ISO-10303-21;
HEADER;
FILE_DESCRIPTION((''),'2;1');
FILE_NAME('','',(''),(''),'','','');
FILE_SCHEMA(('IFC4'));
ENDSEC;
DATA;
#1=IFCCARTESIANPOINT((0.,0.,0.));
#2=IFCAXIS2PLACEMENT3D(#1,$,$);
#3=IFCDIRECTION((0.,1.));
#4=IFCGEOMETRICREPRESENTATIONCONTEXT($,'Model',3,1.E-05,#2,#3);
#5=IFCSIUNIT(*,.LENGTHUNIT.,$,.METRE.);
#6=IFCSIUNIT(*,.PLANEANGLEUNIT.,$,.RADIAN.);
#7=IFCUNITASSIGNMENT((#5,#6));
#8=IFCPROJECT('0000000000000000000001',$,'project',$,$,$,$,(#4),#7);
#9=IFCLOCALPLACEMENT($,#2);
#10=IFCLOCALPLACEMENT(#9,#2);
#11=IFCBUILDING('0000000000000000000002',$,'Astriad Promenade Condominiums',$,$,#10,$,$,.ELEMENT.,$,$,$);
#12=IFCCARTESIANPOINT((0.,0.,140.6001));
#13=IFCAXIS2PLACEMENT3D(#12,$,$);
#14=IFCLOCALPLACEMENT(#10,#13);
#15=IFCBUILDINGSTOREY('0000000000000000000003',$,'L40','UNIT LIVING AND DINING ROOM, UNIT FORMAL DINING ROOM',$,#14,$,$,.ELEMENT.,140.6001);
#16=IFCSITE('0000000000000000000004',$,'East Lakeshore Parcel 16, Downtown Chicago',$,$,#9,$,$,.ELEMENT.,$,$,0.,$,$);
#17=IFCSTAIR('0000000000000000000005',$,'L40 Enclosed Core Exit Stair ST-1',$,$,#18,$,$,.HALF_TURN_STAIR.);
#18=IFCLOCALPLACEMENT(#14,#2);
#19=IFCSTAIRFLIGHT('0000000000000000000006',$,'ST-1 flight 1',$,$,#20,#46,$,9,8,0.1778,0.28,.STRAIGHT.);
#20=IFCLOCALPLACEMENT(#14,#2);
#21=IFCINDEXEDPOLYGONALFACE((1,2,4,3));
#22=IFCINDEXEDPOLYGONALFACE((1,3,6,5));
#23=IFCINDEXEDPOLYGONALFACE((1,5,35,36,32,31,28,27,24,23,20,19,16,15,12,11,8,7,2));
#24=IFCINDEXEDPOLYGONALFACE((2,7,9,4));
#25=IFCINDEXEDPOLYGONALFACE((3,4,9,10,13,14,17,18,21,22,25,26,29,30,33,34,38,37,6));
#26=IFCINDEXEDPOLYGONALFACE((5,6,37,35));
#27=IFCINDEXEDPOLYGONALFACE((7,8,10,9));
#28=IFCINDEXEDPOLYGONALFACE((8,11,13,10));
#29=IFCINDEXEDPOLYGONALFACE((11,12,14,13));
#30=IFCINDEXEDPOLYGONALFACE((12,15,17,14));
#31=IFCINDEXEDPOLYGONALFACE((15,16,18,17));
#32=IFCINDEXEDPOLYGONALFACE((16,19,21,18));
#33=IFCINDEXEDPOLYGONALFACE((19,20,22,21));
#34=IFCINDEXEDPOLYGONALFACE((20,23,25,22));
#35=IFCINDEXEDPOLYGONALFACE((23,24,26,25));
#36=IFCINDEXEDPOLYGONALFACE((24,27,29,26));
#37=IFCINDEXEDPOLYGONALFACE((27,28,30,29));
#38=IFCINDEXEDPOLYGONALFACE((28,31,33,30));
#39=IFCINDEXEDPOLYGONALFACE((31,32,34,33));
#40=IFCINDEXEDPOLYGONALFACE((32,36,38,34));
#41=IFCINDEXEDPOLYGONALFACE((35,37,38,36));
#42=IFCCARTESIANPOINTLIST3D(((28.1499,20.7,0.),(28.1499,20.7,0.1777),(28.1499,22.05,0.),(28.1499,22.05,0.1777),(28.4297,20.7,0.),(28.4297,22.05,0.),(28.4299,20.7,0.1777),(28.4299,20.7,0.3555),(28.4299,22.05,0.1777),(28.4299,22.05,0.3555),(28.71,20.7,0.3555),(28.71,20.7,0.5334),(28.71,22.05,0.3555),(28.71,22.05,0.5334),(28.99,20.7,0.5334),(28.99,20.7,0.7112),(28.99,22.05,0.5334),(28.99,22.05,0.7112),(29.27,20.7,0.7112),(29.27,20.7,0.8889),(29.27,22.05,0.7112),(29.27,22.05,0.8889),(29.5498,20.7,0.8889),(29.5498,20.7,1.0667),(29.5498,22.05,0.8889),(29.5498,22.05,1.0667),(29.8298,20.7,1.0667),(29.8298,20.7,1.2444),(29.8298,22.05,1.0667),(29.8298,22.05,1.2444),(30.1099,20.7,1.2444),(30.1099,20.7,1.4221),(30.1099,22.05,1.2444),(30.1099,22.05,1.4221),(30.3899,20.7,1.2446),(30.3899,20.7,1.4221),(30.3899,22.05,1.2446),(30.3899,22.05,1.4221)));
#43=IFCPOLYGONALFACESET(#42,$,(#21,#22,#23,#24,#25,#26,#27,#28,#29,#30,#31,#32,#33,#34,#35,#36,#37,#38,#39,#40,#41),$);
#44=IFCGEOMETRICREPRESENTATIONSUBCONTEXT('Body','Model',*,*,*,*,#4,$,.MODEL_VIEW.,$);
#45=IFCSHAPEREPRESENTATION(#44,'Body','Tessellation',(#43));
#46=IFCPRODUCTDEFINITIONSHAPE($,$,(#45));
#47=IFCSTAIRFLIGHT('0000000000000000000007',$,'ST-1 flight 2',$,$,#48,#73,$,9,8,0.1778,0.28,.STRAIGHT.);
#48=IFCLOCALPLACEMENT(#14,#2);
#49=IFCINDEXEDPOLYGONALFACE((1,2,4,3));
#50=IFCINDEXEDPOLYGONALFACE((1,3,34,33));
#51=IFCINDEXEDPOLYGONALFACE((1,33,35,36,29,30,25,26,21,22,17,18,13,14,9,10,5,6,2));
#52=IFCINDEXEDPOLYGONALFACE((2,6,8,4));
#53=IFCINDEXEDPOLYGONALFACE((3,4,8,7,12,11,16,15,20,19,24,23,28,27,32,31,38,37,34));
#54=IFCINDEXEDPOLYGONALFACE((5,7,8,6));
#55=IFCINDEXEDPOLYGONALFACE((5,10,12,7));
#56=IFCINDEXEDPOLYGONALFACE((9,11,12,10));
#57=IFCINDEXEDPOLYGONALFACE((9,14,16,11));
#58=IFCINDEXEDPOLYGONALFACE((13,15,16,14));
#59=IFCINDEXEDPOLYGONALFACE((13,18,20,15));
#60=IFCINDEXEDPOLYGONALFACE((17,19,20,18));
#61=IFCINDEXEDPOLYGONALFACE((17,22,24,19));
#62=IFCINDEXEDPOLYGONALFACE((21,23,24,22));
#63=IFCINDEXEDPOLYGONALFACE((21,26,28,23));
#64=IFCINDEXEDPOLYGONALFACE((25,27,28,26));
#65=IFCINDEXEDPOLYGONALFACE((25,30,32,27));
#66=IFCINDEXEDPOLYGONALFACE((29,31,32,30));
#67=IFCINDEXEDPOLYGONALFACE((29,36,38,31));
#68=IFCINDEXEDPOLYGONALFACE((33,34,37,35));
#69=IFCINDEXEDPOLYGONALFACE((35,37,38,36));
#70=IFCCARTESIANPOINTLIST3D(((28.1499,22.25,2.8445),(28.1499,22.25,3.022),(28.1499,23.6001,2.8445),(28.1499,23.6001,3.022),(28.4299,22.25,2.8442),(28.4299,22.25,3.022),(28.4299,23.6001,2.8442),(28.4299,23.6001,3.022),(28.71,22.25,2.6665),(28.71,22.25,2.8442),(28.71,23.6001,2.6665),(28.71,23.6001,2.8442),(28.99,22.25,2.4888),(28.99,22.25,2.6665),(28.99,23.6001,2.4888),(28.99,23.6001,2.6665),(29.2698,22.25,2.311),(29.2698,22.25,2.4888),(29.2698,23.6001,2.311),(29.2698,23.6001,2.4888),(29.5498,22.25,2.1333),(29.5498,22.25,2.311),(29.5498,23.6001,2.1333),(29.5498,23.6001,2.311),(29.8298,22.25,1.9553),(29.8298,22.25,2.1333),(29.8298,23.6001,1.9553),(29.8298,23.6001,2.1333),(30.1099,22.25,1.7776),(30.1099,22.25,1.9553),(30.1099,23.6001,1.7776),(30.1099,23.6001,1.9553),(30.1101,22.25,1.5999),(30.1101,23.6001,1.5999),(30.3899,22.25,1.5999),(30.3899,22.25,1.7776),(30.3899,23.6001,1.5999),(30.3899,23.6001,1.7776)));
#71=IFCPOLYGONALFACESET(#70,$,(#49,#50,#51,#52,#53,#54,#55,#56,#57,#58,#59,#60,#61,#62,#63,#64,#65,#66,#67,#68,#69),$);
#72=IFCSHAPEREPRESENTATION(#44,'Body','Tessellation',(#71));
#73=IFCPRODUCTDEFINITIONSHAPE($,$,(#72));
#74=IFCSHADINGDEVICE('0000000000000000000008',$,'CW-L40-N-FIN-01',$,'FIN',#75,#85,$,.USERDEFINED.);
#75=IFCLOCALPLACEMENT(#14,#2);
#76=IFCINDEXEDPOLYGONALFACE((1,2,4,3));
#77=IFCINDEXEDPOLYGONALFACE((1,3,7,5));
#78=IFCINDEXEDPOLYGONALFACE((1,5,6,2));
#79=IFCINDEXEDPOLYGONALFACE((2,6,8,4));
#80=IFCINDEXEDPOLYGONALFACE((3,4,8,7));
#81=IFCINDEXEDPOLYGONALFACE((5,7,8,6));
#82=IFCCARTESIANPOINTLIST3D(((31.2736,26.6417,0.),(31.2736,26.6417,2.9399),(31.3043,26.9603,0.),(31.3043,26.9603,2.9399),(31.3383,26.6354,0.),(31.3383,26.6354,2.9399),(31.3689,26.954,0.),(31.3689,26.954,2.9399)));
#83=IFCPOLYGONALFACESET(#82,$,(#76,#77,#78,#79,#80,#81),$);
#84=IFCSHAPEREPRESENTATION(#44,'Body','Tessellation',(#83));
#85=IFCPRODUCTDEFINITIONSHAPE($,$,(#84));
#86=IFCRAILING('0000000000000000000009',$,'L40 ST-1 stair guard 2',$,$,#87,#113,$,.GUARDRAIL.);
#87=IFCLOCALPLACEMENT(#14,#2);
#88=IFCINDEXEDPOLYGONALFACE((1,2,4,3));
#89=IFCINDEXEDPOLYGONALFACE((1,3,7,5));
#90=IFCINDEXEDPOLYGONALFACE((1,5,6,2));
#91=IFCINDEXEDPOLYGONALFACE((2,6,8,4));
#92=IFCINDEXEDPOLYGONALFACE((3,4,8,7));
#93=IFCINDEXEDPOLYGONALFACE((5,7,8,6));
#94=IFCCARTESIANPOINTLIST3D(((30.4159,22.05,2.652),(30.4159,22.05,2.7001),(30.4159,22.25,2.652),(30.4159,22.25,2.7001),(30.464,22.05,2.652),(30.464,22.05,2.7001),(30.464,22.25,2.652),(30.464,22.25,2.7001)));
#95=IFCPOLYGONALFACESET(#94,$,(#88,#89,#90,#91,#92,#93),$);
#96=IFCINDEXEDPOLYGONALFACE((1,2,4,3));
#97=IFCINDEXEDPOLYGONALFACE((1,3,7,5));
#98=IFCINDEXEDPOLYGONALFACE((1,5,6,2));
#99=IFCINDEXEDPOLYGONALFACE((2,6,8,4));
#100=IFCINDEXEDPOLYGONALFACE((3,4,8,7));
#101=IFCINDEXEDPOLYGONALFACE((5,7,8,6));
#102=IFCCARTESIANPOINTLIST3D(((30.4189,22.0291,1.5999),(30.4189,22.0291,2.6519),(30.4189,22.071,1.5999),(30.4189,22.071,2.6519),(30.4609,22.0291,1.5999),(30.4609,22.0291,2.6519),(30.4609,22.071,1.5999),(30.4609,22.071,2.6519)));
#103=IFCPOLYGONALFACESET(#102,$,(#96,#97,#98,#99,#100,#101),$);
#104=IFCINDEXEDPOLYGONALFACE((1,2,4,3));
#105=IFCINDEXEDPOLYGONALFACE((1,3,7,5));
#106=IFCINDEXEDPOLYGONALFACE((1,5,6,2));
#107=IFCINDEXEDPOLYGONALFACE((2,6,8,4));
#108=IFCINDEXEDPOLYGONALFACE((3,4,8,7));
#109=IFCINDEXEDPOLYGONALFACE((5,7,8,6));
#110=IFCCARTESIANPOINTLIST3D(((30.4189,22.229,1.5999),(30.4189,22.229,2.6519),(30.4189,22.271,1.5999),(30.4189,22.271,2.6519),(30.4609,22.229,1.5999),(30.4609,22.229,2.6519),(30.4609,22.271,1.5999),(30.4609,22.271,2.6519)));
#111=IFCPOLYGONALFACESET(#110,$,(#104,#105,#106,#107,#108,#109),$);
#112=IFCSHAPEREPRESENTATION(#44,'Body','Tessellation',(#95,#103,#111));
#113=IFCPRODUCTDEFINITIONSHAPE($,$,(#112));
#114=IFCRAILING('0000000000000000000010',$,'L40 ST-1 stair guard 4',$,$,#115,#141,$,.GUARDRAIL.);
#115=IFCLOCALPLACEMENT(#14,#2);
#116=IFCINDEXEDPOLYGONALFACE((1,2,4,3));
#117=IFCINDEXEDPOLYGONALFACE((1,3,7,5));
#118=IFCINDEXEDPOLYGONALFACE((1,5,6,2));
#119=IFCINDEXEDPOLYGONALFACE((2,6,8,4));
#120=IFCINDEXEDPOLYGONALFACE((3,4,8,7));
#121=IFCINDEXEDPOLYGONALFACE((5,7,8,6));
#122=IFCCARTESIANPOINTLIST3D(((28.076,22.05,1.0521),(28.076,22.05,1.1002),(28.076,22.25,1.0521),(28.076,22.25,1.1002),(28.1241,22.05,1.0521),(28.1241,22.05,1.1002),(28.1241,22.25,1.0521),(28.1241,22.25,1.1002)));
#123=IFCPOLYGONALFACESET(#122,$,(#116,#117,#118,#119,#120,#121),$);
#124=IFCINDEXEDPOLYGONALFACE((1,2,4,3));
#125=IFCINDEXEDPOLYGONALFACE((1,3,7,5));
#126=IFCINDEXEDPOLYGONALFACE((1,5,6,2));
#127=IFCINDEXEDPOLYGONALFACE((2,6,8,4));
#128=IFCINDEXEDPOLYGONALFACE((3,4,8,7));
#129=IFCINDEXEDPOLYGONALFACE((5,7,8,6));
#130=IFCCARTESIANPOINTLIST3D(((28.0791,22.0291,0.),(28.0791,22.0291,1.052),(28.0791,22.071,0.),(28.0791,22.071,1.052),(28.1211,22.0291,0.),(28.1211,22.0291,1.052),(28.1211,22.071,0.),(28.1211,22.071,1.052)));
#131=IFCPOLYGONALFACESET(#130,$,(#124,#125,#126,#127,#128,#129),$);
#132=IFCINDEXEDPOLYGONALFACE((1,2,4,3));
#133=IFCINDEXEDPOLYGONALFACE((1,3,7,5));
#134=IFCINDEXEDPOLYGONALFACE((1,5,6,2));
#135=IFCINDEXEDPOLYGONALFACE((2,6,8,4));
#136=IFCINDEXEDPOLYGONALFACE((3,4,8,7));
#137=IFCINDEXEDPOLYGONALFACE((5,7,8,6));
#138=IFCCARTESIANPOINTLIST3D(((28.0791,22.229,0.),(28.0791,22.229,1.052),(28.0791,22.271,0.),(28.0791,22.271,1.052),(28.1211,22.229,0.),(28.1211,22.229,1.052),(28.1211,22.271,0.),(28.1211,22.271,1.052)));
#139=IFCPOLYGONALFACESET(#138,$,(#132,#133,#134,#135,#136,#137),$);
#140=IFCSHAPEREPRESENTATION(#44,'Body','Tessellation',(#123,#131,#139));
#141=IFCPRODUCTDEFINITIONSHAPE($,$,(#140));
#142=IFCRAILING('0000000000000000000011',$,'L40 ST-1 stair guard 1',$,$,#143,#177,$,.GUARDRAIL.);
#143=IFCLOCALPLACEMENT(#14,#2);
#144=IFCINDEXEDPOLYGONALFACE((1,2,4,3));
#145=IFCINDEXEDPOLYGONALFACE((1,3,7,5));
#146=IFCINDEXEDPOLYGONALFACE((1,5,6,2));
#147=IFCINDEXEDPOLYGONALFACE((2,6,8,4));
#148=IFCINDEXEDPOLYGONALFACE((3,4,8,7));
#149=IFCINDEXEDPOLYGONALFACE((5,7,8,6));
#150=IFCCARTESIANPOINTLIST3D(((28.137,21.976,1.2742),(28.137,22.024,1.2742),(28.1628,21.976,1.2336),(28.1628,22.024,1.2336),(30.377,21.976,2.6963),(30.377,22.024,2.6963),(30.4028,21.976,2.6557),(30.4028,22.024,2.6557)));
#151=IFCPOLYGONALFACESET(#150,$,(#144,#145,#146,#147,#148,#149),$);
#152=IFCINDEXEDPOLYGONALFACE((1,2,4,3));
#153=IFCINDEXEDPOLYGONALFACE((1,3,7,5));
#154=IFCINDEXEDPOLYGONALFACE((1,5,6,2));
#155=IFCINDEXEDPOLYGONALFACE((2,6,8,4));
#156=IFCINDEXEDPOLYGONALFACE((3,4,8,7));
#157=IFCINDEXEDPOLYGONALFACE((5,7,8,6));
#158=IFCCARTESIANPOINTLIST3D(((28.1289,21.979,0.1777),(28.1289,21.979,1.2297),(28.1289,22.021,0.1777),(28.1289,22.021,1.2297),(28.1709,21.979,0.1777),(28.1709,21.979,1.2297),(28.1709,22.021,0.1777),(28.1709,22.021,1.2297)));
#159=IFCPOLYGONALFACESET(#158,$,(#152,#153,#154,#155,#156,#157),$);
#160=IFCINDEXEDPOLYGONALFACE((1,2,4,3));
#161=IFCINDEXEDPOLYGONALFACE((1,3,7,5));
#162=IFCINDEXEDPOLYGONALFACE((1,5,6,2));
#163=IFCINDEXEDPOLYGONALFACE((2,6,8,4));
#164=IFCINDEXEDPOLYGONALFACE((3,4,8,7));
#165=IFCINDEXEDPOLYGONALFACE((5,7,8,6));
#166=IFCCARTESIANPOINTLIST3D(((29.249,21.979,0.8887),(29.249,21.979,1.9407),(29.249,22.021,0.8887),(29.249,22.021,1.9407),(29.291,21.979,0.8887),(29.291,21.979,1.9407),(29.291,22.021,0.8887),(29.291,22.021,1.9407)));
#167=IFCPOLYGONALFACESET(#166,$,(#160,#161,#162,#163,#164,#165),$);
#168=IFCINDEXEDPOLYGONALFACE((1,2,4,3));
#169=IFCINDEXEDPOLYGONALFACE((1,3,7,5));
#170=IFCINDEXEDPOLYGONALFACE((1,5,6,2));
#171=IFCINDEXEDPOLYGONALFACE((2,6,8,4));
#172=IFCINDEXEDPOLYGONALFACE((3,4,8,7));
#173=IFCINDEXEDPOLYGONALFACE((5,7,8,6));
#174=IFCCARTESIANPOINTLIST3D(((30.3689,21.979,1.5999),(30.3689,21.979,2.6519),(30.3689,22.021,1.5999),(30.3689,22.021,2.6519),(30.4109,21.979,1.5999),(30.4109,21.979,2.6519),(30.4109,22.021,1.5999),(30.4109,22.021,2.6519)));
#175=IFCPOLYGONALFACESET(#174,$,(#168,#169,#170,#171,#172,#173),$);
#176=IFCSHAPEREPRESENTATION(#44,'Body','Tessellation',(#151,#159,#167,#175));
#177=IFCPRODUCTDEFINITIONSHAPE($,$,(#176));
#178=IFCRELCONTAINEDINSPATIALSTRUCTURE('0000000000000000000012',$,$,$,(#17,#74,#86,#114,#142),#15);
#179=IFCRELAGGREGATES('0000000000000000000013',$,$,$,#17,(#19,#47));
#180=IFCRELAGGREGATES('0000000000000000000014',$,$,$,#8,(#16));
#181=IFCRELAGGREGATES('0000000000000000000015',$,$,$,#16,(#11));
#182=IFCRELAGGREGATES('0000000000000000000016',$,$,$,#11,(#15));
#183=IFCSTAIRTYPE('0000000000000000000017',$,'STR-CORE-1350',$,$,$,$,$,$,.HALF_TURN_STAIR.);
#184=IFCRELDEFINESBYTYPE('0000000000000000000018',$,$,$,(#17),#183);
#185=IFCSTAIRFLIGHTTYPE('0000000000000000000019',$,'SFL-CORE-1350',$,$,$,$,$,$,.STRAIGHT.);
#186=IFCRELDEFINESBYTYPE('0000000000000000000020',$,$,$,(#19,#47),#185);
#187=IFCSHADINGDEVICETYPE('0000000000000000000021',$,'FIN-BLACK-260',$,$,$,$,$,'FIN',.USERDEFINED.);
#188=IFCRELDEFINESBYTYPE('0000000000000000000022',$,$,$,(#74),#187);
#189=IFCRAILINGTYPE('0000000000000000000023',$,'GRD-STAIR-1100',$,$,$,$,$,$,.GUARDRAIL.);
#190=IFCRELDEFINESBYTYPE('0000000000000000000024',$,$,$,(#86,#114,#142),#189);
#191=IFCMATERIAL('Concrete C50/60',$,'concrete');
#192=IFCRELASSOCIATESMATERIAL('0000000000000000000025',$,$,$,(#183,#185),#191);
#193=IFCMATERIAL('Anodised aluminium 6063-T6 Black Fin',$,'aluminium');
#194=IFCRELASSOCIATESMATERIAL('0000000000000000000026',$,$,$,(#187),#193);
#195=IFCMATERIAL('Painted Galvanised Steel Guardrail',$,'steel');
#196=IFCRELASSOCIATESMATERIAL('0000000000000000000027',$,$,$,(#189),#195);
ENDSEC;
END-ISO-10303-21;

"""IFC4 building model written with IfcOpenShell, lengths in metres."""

from ifc_helpers import new_model, si_unit, direction, frame, origin, origin_2d, place, context, subcontext, project, spatial, polyline, rectangle, outline, extrude, source, transform, mapped, material, type_object, type_shapes, element, aggregate, save


model = new_model("IFC4")

# Units and contexts
model_context = context("Model", 3, precision=1e-05, world=origin(), true_north=direction((0.0, 1.0)))
body_context = subcontext(model_context, "Body", "Model", "MODEL_VIEW")
ifc_project = project(units=[si_unit("LENGTHUNIT", "METRE"), si_unit("PLANEANGLEUNIT", "RADIAN")], contexts=[model_context])

# Site, building, storey
site_placement = place(None, origin())
site = spatial("IfcSite", under=ifc_project, at=site_placement, Name="East Lakeshore Parcel 16, Downtown Chicago", CompositionType="ELEMENT", RefElevation=0.0)
building_placement = place(site_placement, origin())
building = spatial("IfcBuilding", under=site, at=building_placement, Name="Astriad Promenade Condominiums", CompositionType="ELEMENT")
storey_placement = place(building_placement, frame((0.0, 0.0, 140.6001)))
storey = spatial("IfcBuildingStorey", under=building, at=storey_placement, Name="L40", Description="UNIT LIVING AND DINING ROOM, UNIT FORMAL DINING ROOM", CompositionType="ELEMENT", Elevation=140.6001)

# Shared definitions
ifc_material_1 = material(Name="Concrete C50/60", Category="concrete")

# Stair, stair flights
stair_type = type_object("IfcStairType", Name="STR-CORE-1350", PredefinedType="HALF_TURN_STAIR", material=ifc_material_1)
stair_placement = place(storey_placement, origin())
stair = element("IfcStair", 1, at=stair_placement, inside=storey, type_object=stair_type, Name="L40 Enclosed Core Exit Stair ST-1", PredefinedType="HALF_TURN_STAIR")
stair_flight_type = type_object("IfcStairFlightType", Name="SFL-CORE-1350", PredefinedType="STRAIGHT", material=ifc_material_1)
shared_shape_1 = source(origin(), body_context, "Body", "SweptSolid", [
    extrude(outline(polyline([(0.0, 0.0), (0.0, 0.1777), (0.28, 0.1777), (0.28, 0.3555), (0.5601, 0.3555), (0.5601, 0.5334), (0.8401, 0.5334), (0.8401, 0.7112), (1.1201, 0.7112), (1.1201, 0.8889), (1.3999, 0.8889), (1.3999, 1.0667), (1.6799, 1.0667), (1.6799, 1.2444), (1.96, 1.2444), (1.96, 1.4221), (2.24, 1.4221), (2.24, 1.6001), (2.24, 1.2446), (0.2798, 0.0), (0.0, 0.0)])), frame((0.0, 0.675, 0.0), z_axis=(0.0, -1.0, 0.0), x_axis=(1.0, 0.0, 0.0)), (0.0, 0.0, 1.0), 1.3501),
])
type_shapes(stair_flight_type, [shared_shape_1])
stair_flight_1_placement = place(storey_placement, frame((28.1499, 21.375, 0.0), z_axis=(0.0, 0.0, 1.0), x_axis=(1.0, 0.0, 0.0)))
stair_flight_1 = element("IfcStairFlight", 2, at=stair_flight_1_placement, type_object=stair_flight_type, Name="ST-1 flight 1", NumberOfRisers=9, NumberOfTreads=8, PredefinedType="STRAIGHT", RiserHeight=0.1778, TreadLength=0.28, context=body_context, shape_type="MappedRepresentation", body=[
    mapped(shared_shape_1, transform((0.0, 0.0, 0.0), scale=1.0)),
])
stair_flight_2_placement = place(storey_placement, frame((30.3899, 22.925, 1.5999), z_axis=(0.0, 0.0, 1.0), x_axis=(-1.0, 0.0, 0.0)))
stair_flight_2 = element("IfcStairFlight", 3, at=stair_flight_2_placement, type_object=stair_flight_type, Name="ST-1 flight 2", NumberOfRisers=9, NumberOfTreads=8, PredefinedType="STRAIGHT", RiserHeight=0.1778, TreadLength=0.28, context=body_context, shape_type="MappedRepresentation", body=[
    mapped(shared_shape_1, transform((0.0, 0.0, 0.0), scale=1.0)),
])
aggregate(stair, [stair_flight_1, stair_flight_2])

# Shading device
ifc_material_2 = material(Name="Anodised aluminium 6063-T6 Black Fin", Category="aluminium")
shading_device_type = type_object("IfcShadingDeviceType", Name="FIN-BLACK-260", ElementType="FIN", PredefinedType="USERDEFINED", material=ifc_material_2)
shared_shape_2 = source(origin(), body_context, "Body", "SweptSolid", [
    extrude(rectangle(XDim=0.0649, YDim=0.3201, at=origin_2d()), origin(), (0.0, 0.0, 1.0), 2.9399),
])
type_shapes(shading_device_type, [shared_shape_2])
shading_device_placement = place(storey_placement, frame((31.3213, 26.7979, 0.0), z_axis=(0.0, 0.0, 1.0), x_axis=(0.995396, -0.095846, 0.0)))
element("IfcShadingDevice", 4, at=shading_device_placement, inside=storey, type_object=shading_device_type, Name="CW-L40-N-FIN-01", ObjectType="FIN", PredefinedType="USERDEFINED", context=body_context, shape_type="MappedRepresentation", body=[
    mapped(shared_shape_2, transform((0.0, 0.0, 0.0), scale=1.0)),
])

# Railings
ifc_material_3 = material(Name="Painted Galvanised Steel Guardrail", Category="steel")
railing_type_1 = type_object("IfcRailingType", Name="GRD-STAIR-1100", PredefinedType="GUARDRAIL", material=ifc_material_3)
shared_shape_3 = source(origin(), body_context, "Body", "SweptSolid", [
    extrude(rectangle(XDim=0.0481, YDim=0.0481, at=origin_2d()), frame((0.0, 0.0, 1.0762), z_axis=(0.0, 1.0, 0.0), x_axis=(-1.0, 0.0, 0.0)), (0.0, 0.0, 1.0), 0.2),
    extrude(rectangle(XDim=0.042, YDim=0.042, at=origin_2d()), origin(), (0.0, 0.0, 1.0), 1.052),
    extrude(rectangle(XDim=0.042, YDim=0.042, at=origin_2d()), frame((0.0, 0.2, 0.0)), (0.0, 0.0, 1.0), 1.052),
])
for number, where, name in (
    (5, (30.4399, 22.05, 1.5999), "L40 ST-1 stair guard 2"),
    (6, (28.1001, 22.05, 0.0), "L40 ST-1 stair guard 4"),
):
    element("IfcRailing", number, at=place(storey_placement, frame(where)), inside=storey, type_object=railing_type_1, Name=name, PredefinedType="GUARDRAIL", context=body_context, shape_type="MappedRepresentation", body=[
        mapped(shared_shape_3, transform((0.0, 0.0, 0.0), scale=1.0)),
    ])
shared_shape_4 = source(origin(), body_context, "Body", "SweptSolid", [
    extrude(rectangle(XDim=0.0481, YDim=0.0481, at=origin_2d()), frame((0.0, 0.0, 1.0762), z_axis=(0.844229, 0.0, 0.535982), x_axis=(0.0, 1.0, 0.0)), (0.0, 0.0, 1.0), 2.6533),
    extrude(rectangle(XDim=0.042, YDim=0.042, at=origin_2d()), origin(), (0.0, 0.0, 1.0), 1.052),
    extrude(rectangle(XDim=0.042, YDim=0.042, at=origin_2d()), frame((1.1201, 0.0, 0.7109)), (0.0, 0.0, 1.0), 1.052),
    extrude(rectangle(XDim=0.042, YDim=0.042, at=origin_2d()), frame((2.24, 0.0, 1.4221)), (0.0, 0.0, 1.0), 1.052),
])
railing_1_placement = place(storey_placement, frame((28.1499, 22.0, 0.1777)))
element("IfcRailing", 7, at=railing_1_placement, inside=storey, type_object=railing_type_1, Name="L40 ST-1 stair guard 1", PredefinedType="GUARDRAIL", context=body_context, shape_type="MappedRepresentation", body=[
    mapped(shared_shape_4, transform((0.0, 0.0, 0.0), scale=1.0)),
])

save(model, "model.ifc")
